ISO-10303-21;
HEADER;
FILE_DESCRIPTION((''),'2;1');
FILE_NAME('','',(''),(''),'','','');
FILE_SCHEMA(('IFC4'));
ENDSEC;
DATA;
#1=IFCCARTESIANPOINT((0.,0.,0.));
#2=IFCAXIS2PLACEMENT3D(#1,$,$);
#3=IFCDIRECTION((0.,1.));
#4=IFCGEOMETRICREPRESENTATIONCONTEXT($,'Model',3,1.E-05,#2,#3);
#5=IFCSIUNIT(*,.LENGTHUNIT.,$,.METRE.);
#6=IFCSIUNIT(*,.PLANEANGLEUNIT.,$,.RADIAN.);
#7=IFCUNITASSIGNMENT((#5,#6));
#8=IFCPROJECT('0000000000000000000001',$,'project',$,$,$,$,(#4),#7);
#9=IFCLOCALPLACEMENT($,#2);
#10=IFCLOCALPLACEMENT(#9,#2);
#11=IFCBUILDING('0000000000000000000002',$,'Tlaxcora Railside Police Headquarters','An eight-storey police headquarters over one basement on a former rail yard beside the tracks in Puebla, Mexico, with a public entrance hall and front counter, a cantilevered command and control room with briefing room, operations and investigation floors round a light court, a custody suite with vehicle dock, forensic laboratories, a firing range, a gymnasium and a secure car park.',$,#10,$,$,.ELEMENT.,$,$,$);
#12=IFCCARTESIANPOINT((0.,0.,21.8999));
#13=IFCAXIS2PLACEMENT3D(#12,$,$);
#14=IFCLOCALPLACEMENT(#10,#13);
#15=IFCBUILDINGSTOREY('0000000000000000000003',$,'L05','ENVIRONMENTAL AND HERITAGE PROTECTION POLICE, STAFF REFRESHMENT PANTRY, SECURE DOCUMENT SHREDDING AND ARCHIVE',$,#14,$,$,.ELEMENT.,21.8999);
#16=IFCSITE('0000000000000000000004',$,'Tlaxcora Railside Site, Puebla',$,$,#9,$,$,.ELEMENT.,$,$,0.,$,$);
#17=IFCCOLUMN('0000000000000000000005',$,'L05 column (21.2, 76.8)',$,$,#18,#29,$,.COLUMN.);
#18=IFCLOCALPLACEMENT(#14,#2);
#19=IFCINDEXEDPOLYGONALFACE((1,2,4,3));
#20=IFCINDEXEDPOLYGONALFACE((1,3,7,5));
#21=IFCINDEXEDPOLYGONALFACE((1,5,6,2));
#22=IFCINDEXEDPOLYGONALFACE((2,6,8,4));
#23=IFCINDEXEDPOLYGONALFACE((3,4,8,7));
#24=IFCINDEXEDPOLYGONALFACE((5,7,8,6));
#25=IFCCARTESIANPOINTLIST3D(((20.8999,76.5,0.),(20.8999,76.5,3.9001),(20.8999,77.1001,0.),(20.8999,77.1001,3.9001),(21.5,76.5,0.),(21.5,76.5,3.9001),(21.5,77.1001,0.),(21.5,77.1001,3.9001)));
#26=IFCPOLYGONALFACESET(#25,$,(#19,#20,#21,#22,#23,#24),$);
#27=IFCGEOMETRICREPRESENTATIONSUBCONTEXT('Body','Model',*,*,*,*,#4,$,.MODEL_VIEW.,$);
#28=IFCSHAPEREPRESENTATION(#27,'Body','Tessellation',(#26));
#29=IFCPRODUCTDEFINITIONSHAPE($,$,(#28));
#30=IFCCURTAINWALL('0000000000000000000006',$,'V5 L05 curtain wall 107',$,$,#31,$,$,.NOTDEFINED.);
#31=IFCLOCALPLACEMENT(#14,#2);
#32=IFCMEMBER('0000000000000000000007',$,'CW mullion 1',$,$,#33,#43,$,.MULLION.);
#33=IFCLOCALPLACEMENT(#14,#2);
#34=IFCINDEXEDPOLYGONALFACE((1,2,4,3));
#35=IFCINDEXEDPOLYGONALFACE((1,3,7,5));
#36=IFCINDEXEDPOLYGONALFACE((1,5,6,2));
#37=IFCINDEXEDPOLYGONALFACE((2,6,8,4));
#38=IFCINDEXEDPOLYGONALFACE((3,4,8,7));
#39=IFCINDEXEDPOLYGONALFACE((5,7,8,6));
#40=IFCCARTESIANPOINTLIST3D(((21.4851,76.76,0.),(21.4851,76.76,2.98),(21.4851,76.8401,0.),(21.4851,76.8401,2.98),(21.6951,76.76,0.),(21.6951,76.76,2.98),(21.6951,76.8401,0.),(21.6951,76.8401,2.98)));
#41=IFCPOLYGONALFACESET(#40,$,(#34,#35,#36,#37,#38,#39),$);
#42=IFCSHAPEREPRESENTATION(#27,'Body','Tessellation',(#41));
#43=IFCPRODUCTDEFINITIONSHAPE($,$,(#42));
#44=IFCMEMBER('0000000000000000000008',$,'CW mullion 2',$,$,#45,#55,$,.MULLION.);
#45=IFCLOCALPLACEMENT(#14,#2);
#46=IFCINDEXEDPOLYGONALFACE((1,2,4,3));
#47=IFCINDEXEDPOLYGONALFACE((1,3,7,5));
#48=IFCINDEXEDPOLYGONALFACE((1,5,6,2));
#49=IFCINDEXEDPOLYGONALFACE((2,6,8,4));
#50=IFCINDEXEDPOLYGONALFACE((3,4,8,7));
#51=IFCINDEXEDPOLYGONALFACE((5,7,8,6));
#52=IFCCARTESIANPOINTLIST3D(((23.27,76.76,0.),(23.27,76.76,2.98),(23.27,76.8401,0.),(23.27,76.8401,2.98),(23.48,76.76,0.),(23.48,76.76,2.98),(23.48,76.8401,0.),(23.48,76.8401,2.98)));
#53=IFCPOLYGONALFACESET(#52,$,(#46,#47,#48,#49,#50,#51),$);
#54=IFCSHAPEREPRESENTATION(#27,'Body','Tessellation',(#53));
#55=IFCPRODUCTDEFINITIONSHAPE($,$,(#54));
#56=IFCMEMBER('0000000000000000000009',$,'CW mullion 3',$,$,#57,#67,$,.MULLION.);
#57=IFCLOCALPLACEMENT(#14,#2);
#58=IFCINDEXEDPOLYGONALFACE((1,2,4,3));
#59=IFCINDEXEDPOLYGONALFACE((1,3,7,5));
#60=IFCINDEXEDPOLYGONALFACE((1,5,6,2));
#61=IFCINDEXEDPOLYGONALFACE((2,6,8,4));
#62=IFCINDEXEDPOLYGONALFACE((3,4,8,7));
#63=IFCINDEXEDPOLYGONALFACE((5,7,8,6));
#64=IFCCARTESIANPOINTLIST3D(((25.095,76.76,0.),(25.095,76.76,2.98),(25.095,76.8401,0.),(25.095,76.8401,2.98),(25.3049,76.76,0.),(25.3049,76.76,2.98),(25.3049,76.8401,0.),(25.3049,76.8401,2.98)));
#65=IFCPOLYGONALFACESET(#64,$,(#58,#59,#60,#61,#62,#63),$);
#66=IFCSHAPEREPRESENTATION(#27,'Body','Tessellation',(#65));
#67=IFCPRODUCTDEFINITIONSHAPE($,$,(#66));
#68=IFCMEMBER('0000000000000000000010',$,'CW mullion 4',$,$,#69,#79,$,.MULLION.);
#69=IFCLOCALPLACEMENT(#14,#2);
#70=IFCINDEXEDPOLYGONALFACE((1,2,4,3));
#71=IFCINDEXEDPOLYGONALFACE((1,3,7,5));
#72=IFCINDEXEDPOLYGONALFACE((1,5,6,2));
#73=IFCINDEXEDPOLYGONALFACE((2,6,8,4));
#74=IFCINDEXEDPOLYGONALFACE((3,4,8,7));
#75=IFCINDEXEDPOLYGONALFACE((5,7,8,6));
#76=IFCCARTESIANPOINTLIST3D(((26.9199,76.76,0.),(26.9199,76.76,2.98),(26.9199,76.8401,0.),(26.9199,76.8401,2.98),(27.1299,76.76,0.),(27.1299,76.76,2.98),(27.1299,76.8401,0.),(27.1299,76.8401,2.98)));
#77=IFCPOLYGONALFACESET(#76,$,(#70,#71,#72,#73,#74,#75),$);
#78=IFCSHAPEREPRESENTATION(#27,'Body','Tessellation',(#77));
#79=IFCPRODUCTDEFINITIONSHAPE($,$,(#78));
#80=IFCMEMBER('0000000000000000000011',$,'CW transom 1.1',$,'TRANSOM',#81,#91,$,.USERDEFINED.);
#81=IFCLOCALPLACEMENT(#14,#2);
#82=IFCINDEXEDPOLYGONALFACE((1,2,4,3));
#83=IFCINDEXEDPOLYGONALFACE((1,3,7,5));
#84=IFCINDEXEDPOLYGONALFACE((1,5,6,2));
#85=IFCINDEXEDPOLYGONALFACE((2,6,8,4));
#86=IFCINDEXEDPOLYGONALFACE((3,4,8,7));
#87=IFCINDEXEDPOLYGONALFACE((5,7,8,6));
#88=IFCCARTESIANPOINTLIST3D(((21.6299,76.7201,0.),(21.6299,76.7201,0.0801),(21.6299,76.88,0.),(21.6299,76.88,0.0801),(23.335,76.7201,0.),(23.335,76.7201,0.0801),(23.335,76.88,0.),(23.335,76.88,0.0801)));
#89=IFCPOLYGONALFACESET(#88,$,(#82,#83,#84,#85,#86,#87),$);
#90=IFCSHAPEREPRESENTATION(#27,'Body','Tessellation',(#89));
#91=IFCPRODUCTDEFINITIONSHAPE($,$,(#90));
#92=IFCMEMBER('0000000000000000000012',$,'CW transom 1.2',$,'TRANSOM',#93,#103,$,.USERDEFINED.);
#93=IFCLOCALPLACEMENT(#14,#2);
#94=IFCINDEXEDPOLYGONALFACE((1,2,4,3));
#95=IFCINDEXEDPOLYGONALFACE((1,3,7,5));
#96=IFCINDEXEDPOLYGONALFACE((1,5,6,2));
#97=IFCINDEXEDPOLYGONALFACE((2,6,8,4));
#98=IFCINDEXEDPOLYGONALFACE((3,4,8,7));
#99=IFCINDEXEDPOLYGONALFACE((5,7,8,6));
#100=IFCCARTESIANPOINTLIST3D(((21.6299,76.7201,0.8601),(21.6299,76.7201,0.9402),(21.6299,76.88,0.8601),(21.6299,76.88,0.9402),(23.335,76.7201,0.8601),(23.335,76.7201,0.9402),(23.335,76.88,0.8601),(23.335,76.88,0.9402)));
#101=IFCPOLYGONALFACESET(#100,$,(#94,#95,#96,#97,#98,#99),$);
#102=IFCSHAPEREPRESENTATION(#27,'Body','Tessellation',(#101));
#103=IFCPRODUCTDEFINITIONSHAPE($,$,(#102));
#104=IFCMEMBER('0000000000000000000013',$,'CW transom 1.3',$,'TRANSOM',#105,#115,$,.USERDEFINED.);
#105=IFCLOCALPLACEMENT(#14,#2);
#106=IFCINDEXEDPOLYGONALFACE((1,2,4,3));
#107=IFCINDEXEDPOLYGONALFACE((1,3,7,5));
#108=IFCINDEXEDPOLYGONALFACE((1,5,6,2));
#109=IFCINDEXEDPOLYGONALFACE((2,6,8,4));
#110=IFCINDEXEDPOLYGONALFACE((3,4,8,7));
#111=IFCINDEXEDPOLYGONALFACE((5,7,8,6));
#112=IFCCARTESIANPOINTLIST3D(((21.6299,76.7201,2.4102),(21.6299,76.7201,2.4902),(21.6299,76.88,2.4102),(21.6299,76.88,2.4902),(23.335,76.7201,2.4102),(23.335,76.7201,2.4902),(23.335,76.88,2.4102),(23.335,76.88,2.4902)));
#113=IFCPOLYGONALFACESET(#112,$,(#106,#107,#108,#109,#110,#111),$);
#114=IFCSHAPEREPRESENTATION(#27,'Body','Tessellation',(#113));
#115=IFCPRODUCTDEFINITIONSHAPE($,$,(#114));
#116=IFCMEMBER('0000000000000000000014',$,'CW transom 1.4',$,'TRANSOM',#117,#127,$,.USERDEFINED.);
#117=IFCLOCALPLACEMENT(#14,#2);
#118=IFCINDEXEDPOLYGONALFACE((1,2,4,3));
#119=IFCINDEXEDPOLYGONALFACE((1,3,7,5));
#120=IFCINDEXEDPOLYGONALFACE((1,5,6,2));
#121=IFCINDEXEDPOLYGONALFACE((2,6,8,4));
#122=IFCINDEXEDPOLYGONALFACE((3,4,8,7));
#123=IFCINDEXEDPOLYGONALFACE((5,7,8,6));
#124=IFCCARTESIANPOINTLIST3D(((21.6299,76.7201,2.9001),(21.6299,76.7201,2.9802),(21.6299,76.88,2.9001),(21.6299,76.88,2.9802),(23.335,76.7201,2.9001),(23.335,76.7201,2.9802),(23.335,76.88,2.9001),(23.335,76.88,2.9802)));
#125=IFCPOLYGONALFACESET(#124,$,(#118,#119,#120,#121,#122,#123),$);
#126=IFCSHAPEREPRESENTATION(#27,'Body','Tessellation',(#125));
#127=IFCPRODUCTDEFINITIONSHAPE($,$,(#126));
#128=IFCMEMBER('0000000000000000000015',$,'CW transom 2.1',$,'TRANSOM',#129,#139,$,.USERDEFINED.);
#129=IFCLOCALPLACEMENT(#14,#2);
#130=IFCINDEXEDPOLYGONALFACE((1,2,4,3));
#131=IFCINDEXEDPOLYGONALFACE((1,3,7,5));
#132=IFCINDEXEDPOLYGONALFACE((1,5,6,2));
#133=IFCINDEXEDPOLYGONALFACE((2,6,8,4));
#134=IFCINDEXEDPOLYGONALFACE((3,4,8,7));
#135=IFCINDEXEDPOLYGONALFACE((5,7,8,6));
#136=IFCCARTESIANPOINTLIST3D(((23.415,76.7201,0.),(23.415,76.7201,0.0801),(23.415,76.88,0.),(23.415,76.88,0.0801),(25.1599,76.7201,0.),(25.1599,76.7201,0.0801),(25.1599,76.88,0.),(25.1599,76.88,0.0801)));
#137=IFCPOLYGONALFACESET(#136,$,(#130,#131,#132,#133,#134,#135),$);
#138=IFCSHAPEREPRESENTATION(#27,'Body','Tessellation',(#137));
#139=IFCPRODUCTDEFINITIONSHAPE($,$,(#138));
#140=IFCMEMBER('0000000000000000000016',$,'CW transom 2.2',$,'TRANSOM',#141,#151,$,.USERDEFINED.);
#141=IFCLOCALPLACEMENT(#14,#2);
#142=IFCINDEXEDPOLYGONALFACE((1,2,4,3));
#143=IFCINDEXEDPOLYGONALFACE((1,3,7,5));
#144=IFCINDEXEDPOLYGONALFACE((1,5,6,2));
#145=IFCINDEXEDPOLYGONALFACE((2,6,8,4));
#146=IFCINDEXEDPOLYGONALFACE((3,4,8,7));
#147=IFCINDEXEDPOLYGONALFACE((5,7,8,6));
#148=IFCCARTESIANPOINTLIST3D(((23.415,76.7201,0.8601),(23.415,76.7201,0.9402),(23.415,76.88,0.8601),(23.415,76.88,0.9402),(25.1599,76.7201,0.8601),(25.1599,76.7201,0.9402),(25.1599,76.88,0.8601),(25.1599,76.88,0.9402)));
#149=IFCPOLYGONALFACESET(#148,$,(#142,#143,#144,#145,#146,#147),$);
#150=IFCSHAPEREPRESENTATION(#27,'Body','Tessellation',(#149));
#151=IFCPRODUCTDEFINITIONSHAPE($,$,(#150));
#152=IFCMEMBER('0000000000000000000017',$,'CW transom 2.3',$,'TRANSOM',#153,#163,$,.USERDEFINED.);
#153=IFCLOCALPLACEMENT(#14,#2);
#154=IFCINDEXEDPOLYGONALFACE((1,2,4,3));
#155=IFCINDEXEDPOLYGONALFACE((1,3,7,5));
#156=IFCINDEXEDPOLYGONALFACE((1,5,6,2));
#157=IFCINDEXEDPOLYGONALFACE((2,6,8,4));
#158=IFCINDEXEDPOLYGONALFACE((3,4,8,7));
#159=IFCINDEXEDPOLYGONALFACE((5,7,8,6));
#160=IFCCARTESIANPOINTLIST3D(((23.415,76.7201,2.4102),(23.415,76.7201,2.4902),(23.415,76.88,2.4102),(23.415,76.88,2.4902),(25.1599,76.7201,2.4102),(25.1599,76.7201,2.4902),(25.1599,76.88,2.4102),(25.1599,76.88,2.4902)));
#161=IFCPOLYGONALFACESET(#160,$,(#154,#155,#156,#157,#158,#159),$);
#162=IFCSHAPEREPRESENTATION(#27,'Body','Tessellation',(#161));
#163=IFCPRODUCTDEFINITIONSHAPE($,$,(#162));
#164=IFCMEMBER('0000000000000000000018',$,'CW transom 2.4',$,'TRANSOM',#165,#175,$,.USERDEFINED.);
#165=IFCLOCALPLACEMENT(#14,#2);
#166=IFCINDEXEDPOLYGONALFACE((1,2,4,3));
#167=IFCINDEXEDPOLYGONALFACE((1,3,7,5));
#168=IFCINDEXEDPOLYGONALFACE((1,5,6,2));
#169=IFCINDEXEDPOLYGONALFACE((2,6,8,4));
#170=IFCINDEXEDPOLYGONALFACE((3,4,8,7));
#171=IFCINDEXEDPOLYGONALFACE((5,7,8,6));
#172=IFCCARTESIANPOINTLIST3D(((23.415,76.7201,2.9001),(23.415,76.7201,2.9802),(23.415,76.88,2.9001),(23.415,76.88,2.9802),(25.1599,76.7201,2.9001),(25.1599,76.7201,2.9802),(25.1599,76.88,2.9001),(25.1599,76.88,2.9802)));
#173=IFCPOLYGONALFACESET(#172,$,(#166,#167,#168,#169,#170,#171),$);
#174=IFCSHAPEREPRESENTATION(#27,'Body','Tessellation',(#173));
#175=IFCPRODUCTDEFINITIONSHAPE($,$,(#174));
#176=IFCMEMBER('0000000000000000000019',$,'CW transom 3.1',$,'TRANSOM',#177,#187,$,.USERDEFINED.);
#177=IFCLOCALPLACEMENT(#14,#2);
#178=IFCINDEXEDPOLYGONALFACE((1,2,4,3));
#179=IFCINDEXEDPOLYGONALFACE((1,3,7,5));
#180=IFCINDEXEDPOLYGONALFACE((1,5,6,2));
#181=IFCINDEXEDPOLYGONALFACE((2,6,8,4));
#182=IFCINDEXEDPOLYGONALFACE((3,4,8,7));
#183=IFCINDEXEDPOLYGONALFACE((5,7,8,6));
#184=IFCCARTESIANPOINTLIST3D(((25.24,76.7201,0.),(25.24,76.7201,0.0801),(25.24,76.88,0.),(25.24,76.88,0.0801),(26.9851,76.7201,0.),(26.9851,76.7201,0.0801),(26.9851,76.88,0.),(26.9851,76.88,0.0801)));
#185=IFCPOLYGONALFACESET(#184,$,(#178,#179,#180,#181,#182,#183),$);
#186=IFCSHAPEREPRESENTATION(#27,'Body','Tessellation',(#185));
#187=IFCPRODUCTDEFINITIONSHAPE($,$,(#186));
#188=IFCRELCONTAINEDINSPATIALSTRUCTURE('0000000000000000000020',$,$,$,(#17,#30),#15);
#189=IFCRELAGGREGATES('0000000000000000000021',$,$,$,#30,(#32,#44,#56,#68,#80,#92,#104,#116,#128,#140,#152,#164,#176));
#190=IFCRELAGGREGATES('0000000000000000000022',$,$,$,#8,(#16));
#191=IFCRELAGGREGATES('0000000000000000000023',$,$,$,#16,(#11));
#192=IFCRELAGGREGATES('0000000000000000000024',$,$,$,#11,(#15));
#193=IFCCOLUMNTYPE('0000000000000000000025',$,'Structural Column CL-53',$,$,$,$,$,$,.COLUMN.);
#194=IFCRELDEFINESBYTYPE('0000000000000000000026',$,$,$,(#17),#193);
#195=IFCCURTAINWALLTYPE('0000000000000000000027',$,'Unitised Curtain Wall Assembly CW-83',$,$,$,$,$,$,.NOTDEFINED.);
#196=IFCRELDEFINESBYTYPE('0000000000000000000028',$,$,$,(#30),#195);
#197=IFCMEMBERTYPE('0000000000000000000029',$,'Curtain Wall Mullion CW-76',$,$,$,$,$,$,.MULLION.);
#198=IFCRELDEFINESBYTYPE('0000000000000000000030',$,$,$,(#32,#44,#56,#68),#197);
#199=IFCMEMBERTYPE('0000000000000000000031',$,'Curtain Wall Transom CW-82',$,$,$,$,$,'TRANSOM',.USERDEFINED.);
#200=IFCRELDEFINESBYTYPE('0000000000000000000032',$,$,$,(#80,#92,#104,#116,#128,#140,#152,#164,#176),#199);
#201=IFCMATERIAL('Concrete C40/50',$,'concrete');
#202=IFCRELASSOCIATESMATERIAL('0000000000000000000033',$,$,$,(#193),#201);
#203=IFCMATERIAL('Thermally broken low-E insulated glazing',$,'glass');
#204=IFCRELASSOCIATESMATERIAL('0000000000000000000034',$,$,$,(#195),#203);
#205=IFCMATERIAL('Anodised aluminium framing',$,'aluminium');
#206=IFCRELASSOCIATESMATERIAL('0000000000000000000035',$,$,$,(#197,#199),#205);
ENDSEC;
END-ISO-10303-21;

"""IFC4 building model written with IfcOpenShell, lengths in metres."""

from ifc_helpers import new_model, si_unit, direction, frame, origin, origin_2d, place, context, subcontext, project, spatial, rectangle, extrude, material, material_profile, profile_set, type_object, element, aggregate, save


model = new_model("IFC4")

# Units and contexts
model_context = context("Model", 3, precision=1e-05, world=origin(), true_north=direction((0.0, 1.0)))
body_context = subcontext(model_context, "Body", "Model", "MODEL_VIEW")
ifc_project = project(units=[si_unit("LENGTHUNIT", "METRE"), si_unit("PLANEANGLEUNIT", "RADIAN")], contexts=[model_context])

# Site, building, storey
site_placement = place(None, origin())
site = spatial("IfcSite", under=ifc_project, at=site_placement, Name="Tlaxcora Railside Site, Puebla", CompositionType="ELEMENT", RefElevation=0.0)
building_placement = place(site_placement, origin())
building = spatial("IfcBuilding", under=site, at=building_placement, Name="Tlaxcora Railside Police Headquarters", Description="An eight-storey police headquarters over one basement on a former rail yard beside the tracks in Puebla, Mexico, with a public entrance hall and front counter, a cantilevered command and control room with briefing room, operations and investigation floors round a light court, a custody suite with vehicle dock, forensic laboratories, a firing range, a gymnasium and a secure car park.", CompositionType="ELEMENT")
storey_placement = place(building_placement, frame((0.0, 0.0, 21.8999)))
storey = spatial("IfcBuildingStorey", under=building, at=storey_placement, Name="L05", Description="ENVIRONMENTAL AND HERITAGE PROTECTION POLICE, STAFF REFRESHMENT PANTRY, SECURE DOCUMENT SHREDDING AND ARCHIVE", CompositionType="ELEMENT", Elevation=21.8999)

# Column
ifc_material_1 = material(Name="Concrete C40/50", Category="concrete")
ifc_material_profile_1 = material_profile(ifc_material_1, rectangle(XDim=0.6001, YDim=0.6001, at=origin_2d()), Name="RC600X600")
ifc_profile_set_1 = profile_set([ifc_material_profile_1], Name="Concrete C40/50")
column_type = type_object("IfcColumnType", Name="Structural Column CL-53", PredefinedType="COLUMN", material=ifc_profile_set_1)
column_placement = place(storey_placement, frame((21.2, 76.8, 0.0), z_axis=(0.0, 0.0, 1.0), x_axis=(1.0, 0.0, 0.0)))
element("IfcColumn", 1, at=column_placement, inside=storey, type_object=column_type, Name="L05 column (21.2, 76.8)", PredefinedType="COLUMN", context=body_context, shape_type="SweptSolid", body=[
    extrude(rectangle(XDim=0.6001, YDim=0.6001, at=origin_2d()), origin(), (0.0, 0.0, 1.0), 3.9001),
])

# Curtain wall, members
ifc_material_2 = material(Name="Thermally broken low-E insulated glazing", Category="glass")
curtain_wall_type = type_object("IfcCurtainWallType", Name="Unitised Curtain Wall Assembly CW-83", PredefinedType="NOTDEFINED", material=ifc_material_2)
curtain_wall_placement = place(storey_placement, origin())
curtain_wall = element("IfcCurtainWall", 2, at=curtain_wall_placement, inside=storey, type_object=curtain_wall_type, Name="V5 L05 curtain wall 107", PredefinedType="NOTDEFINED")
ifc_material_3 = material(Name="Anodised aluminium framing", Category="aluminium")
ifc_material_profile_2 = material_profile(ifc_material_3, rectangle(XDim=0.0801, YDim=0.21, at=origin_2d()), Name="AL80X210")
ifc_profile_set_2 = profile_set([ifc_material_profile_2], Name="Anodised aluminium framing")
member_type_1 = type_object("IfcMemberType", Name="Curtain Wall Mullion CW-76", PredefinedType="MULLION", material=ifc_profile_set_2)
member_1_placement = place(storey_placement, frame((21.5901, 76.8, 0.0), z_axis=(0.0, 0.0, 1.0), x_axis=(0.0, 1.0, 0.0)))
member_1 = element("IfcMember", 3, at=member_1_placement, type_object=member_type_1, Name="CW mullion 1", PredefinedType="MULLION", context=body_context, shape_type="SweptSolid", body=[
    extrude(rectangle(XDim=0.0801, YDim=0.21, at=origin_2d()), origin(), (0.0, 0.0, 1.0), 2.98),
])
member_2_placement = place(storey_placement, frame((23.375, 76.8, 0.0), z_axis=(0.0, 0.0, 1.0), x_axis=(0.0, 1.0, 0.0)))
member_2 = element("IfcMember", 4, at=member_2_placement, type_object=member_type_1, Name="CW mullion 2", PredefinedType="MULLION", context=body_context, shape_type="SweptSolid", body=[
    extrude(rectangle(XDim=0.0801, YDim=0.21, at=origin_2d()), origin(), (0.0, 0.0, 1.0), 2.98),
])
member_3_placement = place(storey_placement, frame((25.2, 76.8, 0.0), z_axis=(0.0, 0.0, 1.0), x_axis=(0.0, 1.0, 0.0)))
member_3 = element("IfcMember", 5, at=member_3_placement, type_object=member_type_1, Name="CW mullion 3", PredefinedType="MULLION", context=body_context, shape_type="SweptSolid", body=[
    extrude(rectangle(XDim=0.0801, YDim=0.21, at=origin_2d()), origin(), (0.0, 0.0, 1.0), 2.98),
])
member_4_placement = place(storey_placement, frame((27.0249, 76.8, 0.0), z_axis=(0.0, 0.0, 1.0), x_axis=(0.0, 1.0, 0.0)))
member_4 = element("IfcMember", 6, at=member_4_placement, type_object=member_type_1, Name="CW mullion 4", PredefinedType="MULLION", context=body_context, shape_type="SweptSolid", body=[
    extrude(rectangle(XDim=0.0801, YDim=0.21, at=origin_2d()), origin(), (0.0, 0.0, 1.0), 2.98),
])
ifc_material_profile_3 = material_profile(ifc_material_3, rectangle(XDim=0.1599, YDim=0.0801, at=origin_2d()), Name="AL80X160")
ifc_profile_set_3 = profile_set([ifc_material_profile_3], Name="Anodised aluminium framing")
member_type_2 = type_object("IfcMemberType", Name="Curtain Wall Transom CW-82", ElementType="TRANSOM", PredefinedType="USERDEFINED", material=ifc_profile_set_3)
member_5_placement = place(storey_placement, frame((21.6299, 76.8, 0.04), z_axis=(1.0, 0.0, 0.0), x_axis=(0.0, 1.0, 0.0)))
member_5 = element("IfcMember", 7, at=member_5_placement, type_object=member_type_2, Name="CW transom 1.1", ObjectType="TRANSOM", PredefinedType="USERDEFINED", context=body_context, shape_type="SweptSolid", body=[
    extrude(rectangle(XDim=0.1599, YDim=0.0801, at=origin_2d()), origin(), (0.0, 0.0, 1.0), 1.7051),
])
member_6_placement = place(storey_placement, frame((21.6299, 76.8, 0.9001), z_axis=(1.0, 0.0, 0.0), x_axis=(0.0, 1.0, 0.0)))
member_6 = element("IfcMember", 8, at=member_6_placement, type_object=member_type_2, Name="CW transom 1.2", ObjectType="TRANSOM", PredefinedType="USERDEFINED", context=body_context, shape_type="SweptSolid", body=[
    extrude(rectangle(XDim=0.1599, YDim=0.0801, at=origin_2d()), origin(), (0.0, 0.0, 1.0), 1.7051),
])
member_7_placement = place(storey_placement, frame((21.6299, 76.8, 2.4502), z_axis=(1.0, 0.0, 0.0), x_axis=(0.0, 1.0, 0.0)))
member_7 = element("IfcMember", 9, at=member_7_placement, type_object=member_type_2, Name="CW transom 1.3", ObjectType="TRANSOM", PredefinedType="USERDEFINED", context=body_context, shape_type="SweptSolid", body=[
    extrude(rectangle(XDim=0.1599, YDim=0.0801, at=origin_2d()), origin(), (0.0, 0.0, 1.0), 1.7051),
])
member_8_placement = place(storey_placement, frame((21.6299, 76.8, 2.9402), z_axis=(1.0, 0.0, 0.0), x_axis=(0.0, 1.0, 0.0)))
member_8 = element("IfcMember", 10, at=member_8_placement, type_object=member_type_2, Name="CW transom 1.4", ObjectType="TRANSOM", PredefinedType="USERDEFINED", context=body_context, shape_type="SweptSolid", body=[
    extrude(rectangle(XDim=0.1599, YDim=0.0801, at=origin_2d()), origin(), (0.0, 0.0, 1.0), 1.7051),
])
member_9_placement = place(storey_placement, frame((23.415, 76.8, 0.04), z_axis=(1.0, 0.0, 0.0), x_axis=(0.0, 1.0, 0.0)))
member_9 = element("IfcMember", 11, at=member_9_placement, type_object=member_type_2, Name="CW transom 2.1", ObjectType="TRANSOM", PredefinedType="USERDEFINED", context=body_context, shape_type="SweptSolid", body=[
    extrude(rectangle(XDim=0.1599, YDim=0.0801, at=origin_2d()), origin(), (0.0, 0.0, 1.0), 1.7449),
])
member_10_placement = place(storey_placement, frame((23.415, 76.8, 0.9001), z_axis=(1.0, 0.0, 0.0), x_axis=(0.0, 1.0, 0.0)))
member_10 = element("IfcMember", 12, at=member_10_placement, type_object=member_type_2, Name="CW transom 2.2", ObjectType="TRANSOM", PredefinedType="USERDEFINED", context=body_context, shape_type="SweptSolid", body=[
    extrude(rectangle(XDim=0.1599, YDim=0.0801, at=origin_2d()), origin(), (0.0, 0.0, 1.0), 1.7449),
])
member_11_placement = place(storey_placement, frame((23.415, 76.8, 2.4502), z_axis=(1.0, 0.0, 0.0), x_axis=(0.0, 1.0, 0.0)))
member_11 = element("IfcMember", 13, at=member_11_placement, type_object=member_type_2, Name="CW transom 2.3", ObjectType="TRANSOM", PredefinedType="USERDEFINED", context=body_context, shape_type="SweptSolid", body=[
    extrude(rectangle(XDim=0.1599, YDim=0.0801, at=origin_2d()), origin(), (0.0, 0.0, 1.0), 1.7449),
])
member_12_placement = place(storey_placement, frame((23.415, 76.8, 2.9402), z_axis=(1.0, 0.0, 0.0), x_axis=(0.0, 1.0, 0.0)))
member_12 = element("IfcMember", 14, at=member_12_placement, type_object=member_type_2, Name="CW transom 2.4", ObjectType="TRANSOM", PredefinedType="USERDEFINED", context=body_context, shape_type="SweptSolid", body=[
    extrude(rectangle(XDim=0.1599, YDim=0.0801, at=origin_2d()), origin(), (0.0, 0.0, 1.0), 1.7449),
])
member_13_placement = place(storey_placement, frame((25.24, 76.8, 0.04), z_axis=(1.0, 0.0, 0.0), x_axis=(0.0, 1.0, 0.0)))
member_13 = element("IfcMember", 15, at=member_13_placement, type_object=member_type_2, Name="CW transom 3.1", ObjectType="TRANSOM", PredefinedType="USERDEFINED", context=body_context, shape_type="SweptSolid", body=[
    extrude(rectangle(XDim=0.1599, YDim=0.0801, at=origin_2d()), origin(), (0.0, 0.0, 1.0), 1.7451),
])

aggregate(curtain_wall, [member_1, member_2, member_3, member_4, member_5, member_6, member_7, member_8, member_9, member_10, member_11, member_12, member_13])

save(model, "model.ifc")
